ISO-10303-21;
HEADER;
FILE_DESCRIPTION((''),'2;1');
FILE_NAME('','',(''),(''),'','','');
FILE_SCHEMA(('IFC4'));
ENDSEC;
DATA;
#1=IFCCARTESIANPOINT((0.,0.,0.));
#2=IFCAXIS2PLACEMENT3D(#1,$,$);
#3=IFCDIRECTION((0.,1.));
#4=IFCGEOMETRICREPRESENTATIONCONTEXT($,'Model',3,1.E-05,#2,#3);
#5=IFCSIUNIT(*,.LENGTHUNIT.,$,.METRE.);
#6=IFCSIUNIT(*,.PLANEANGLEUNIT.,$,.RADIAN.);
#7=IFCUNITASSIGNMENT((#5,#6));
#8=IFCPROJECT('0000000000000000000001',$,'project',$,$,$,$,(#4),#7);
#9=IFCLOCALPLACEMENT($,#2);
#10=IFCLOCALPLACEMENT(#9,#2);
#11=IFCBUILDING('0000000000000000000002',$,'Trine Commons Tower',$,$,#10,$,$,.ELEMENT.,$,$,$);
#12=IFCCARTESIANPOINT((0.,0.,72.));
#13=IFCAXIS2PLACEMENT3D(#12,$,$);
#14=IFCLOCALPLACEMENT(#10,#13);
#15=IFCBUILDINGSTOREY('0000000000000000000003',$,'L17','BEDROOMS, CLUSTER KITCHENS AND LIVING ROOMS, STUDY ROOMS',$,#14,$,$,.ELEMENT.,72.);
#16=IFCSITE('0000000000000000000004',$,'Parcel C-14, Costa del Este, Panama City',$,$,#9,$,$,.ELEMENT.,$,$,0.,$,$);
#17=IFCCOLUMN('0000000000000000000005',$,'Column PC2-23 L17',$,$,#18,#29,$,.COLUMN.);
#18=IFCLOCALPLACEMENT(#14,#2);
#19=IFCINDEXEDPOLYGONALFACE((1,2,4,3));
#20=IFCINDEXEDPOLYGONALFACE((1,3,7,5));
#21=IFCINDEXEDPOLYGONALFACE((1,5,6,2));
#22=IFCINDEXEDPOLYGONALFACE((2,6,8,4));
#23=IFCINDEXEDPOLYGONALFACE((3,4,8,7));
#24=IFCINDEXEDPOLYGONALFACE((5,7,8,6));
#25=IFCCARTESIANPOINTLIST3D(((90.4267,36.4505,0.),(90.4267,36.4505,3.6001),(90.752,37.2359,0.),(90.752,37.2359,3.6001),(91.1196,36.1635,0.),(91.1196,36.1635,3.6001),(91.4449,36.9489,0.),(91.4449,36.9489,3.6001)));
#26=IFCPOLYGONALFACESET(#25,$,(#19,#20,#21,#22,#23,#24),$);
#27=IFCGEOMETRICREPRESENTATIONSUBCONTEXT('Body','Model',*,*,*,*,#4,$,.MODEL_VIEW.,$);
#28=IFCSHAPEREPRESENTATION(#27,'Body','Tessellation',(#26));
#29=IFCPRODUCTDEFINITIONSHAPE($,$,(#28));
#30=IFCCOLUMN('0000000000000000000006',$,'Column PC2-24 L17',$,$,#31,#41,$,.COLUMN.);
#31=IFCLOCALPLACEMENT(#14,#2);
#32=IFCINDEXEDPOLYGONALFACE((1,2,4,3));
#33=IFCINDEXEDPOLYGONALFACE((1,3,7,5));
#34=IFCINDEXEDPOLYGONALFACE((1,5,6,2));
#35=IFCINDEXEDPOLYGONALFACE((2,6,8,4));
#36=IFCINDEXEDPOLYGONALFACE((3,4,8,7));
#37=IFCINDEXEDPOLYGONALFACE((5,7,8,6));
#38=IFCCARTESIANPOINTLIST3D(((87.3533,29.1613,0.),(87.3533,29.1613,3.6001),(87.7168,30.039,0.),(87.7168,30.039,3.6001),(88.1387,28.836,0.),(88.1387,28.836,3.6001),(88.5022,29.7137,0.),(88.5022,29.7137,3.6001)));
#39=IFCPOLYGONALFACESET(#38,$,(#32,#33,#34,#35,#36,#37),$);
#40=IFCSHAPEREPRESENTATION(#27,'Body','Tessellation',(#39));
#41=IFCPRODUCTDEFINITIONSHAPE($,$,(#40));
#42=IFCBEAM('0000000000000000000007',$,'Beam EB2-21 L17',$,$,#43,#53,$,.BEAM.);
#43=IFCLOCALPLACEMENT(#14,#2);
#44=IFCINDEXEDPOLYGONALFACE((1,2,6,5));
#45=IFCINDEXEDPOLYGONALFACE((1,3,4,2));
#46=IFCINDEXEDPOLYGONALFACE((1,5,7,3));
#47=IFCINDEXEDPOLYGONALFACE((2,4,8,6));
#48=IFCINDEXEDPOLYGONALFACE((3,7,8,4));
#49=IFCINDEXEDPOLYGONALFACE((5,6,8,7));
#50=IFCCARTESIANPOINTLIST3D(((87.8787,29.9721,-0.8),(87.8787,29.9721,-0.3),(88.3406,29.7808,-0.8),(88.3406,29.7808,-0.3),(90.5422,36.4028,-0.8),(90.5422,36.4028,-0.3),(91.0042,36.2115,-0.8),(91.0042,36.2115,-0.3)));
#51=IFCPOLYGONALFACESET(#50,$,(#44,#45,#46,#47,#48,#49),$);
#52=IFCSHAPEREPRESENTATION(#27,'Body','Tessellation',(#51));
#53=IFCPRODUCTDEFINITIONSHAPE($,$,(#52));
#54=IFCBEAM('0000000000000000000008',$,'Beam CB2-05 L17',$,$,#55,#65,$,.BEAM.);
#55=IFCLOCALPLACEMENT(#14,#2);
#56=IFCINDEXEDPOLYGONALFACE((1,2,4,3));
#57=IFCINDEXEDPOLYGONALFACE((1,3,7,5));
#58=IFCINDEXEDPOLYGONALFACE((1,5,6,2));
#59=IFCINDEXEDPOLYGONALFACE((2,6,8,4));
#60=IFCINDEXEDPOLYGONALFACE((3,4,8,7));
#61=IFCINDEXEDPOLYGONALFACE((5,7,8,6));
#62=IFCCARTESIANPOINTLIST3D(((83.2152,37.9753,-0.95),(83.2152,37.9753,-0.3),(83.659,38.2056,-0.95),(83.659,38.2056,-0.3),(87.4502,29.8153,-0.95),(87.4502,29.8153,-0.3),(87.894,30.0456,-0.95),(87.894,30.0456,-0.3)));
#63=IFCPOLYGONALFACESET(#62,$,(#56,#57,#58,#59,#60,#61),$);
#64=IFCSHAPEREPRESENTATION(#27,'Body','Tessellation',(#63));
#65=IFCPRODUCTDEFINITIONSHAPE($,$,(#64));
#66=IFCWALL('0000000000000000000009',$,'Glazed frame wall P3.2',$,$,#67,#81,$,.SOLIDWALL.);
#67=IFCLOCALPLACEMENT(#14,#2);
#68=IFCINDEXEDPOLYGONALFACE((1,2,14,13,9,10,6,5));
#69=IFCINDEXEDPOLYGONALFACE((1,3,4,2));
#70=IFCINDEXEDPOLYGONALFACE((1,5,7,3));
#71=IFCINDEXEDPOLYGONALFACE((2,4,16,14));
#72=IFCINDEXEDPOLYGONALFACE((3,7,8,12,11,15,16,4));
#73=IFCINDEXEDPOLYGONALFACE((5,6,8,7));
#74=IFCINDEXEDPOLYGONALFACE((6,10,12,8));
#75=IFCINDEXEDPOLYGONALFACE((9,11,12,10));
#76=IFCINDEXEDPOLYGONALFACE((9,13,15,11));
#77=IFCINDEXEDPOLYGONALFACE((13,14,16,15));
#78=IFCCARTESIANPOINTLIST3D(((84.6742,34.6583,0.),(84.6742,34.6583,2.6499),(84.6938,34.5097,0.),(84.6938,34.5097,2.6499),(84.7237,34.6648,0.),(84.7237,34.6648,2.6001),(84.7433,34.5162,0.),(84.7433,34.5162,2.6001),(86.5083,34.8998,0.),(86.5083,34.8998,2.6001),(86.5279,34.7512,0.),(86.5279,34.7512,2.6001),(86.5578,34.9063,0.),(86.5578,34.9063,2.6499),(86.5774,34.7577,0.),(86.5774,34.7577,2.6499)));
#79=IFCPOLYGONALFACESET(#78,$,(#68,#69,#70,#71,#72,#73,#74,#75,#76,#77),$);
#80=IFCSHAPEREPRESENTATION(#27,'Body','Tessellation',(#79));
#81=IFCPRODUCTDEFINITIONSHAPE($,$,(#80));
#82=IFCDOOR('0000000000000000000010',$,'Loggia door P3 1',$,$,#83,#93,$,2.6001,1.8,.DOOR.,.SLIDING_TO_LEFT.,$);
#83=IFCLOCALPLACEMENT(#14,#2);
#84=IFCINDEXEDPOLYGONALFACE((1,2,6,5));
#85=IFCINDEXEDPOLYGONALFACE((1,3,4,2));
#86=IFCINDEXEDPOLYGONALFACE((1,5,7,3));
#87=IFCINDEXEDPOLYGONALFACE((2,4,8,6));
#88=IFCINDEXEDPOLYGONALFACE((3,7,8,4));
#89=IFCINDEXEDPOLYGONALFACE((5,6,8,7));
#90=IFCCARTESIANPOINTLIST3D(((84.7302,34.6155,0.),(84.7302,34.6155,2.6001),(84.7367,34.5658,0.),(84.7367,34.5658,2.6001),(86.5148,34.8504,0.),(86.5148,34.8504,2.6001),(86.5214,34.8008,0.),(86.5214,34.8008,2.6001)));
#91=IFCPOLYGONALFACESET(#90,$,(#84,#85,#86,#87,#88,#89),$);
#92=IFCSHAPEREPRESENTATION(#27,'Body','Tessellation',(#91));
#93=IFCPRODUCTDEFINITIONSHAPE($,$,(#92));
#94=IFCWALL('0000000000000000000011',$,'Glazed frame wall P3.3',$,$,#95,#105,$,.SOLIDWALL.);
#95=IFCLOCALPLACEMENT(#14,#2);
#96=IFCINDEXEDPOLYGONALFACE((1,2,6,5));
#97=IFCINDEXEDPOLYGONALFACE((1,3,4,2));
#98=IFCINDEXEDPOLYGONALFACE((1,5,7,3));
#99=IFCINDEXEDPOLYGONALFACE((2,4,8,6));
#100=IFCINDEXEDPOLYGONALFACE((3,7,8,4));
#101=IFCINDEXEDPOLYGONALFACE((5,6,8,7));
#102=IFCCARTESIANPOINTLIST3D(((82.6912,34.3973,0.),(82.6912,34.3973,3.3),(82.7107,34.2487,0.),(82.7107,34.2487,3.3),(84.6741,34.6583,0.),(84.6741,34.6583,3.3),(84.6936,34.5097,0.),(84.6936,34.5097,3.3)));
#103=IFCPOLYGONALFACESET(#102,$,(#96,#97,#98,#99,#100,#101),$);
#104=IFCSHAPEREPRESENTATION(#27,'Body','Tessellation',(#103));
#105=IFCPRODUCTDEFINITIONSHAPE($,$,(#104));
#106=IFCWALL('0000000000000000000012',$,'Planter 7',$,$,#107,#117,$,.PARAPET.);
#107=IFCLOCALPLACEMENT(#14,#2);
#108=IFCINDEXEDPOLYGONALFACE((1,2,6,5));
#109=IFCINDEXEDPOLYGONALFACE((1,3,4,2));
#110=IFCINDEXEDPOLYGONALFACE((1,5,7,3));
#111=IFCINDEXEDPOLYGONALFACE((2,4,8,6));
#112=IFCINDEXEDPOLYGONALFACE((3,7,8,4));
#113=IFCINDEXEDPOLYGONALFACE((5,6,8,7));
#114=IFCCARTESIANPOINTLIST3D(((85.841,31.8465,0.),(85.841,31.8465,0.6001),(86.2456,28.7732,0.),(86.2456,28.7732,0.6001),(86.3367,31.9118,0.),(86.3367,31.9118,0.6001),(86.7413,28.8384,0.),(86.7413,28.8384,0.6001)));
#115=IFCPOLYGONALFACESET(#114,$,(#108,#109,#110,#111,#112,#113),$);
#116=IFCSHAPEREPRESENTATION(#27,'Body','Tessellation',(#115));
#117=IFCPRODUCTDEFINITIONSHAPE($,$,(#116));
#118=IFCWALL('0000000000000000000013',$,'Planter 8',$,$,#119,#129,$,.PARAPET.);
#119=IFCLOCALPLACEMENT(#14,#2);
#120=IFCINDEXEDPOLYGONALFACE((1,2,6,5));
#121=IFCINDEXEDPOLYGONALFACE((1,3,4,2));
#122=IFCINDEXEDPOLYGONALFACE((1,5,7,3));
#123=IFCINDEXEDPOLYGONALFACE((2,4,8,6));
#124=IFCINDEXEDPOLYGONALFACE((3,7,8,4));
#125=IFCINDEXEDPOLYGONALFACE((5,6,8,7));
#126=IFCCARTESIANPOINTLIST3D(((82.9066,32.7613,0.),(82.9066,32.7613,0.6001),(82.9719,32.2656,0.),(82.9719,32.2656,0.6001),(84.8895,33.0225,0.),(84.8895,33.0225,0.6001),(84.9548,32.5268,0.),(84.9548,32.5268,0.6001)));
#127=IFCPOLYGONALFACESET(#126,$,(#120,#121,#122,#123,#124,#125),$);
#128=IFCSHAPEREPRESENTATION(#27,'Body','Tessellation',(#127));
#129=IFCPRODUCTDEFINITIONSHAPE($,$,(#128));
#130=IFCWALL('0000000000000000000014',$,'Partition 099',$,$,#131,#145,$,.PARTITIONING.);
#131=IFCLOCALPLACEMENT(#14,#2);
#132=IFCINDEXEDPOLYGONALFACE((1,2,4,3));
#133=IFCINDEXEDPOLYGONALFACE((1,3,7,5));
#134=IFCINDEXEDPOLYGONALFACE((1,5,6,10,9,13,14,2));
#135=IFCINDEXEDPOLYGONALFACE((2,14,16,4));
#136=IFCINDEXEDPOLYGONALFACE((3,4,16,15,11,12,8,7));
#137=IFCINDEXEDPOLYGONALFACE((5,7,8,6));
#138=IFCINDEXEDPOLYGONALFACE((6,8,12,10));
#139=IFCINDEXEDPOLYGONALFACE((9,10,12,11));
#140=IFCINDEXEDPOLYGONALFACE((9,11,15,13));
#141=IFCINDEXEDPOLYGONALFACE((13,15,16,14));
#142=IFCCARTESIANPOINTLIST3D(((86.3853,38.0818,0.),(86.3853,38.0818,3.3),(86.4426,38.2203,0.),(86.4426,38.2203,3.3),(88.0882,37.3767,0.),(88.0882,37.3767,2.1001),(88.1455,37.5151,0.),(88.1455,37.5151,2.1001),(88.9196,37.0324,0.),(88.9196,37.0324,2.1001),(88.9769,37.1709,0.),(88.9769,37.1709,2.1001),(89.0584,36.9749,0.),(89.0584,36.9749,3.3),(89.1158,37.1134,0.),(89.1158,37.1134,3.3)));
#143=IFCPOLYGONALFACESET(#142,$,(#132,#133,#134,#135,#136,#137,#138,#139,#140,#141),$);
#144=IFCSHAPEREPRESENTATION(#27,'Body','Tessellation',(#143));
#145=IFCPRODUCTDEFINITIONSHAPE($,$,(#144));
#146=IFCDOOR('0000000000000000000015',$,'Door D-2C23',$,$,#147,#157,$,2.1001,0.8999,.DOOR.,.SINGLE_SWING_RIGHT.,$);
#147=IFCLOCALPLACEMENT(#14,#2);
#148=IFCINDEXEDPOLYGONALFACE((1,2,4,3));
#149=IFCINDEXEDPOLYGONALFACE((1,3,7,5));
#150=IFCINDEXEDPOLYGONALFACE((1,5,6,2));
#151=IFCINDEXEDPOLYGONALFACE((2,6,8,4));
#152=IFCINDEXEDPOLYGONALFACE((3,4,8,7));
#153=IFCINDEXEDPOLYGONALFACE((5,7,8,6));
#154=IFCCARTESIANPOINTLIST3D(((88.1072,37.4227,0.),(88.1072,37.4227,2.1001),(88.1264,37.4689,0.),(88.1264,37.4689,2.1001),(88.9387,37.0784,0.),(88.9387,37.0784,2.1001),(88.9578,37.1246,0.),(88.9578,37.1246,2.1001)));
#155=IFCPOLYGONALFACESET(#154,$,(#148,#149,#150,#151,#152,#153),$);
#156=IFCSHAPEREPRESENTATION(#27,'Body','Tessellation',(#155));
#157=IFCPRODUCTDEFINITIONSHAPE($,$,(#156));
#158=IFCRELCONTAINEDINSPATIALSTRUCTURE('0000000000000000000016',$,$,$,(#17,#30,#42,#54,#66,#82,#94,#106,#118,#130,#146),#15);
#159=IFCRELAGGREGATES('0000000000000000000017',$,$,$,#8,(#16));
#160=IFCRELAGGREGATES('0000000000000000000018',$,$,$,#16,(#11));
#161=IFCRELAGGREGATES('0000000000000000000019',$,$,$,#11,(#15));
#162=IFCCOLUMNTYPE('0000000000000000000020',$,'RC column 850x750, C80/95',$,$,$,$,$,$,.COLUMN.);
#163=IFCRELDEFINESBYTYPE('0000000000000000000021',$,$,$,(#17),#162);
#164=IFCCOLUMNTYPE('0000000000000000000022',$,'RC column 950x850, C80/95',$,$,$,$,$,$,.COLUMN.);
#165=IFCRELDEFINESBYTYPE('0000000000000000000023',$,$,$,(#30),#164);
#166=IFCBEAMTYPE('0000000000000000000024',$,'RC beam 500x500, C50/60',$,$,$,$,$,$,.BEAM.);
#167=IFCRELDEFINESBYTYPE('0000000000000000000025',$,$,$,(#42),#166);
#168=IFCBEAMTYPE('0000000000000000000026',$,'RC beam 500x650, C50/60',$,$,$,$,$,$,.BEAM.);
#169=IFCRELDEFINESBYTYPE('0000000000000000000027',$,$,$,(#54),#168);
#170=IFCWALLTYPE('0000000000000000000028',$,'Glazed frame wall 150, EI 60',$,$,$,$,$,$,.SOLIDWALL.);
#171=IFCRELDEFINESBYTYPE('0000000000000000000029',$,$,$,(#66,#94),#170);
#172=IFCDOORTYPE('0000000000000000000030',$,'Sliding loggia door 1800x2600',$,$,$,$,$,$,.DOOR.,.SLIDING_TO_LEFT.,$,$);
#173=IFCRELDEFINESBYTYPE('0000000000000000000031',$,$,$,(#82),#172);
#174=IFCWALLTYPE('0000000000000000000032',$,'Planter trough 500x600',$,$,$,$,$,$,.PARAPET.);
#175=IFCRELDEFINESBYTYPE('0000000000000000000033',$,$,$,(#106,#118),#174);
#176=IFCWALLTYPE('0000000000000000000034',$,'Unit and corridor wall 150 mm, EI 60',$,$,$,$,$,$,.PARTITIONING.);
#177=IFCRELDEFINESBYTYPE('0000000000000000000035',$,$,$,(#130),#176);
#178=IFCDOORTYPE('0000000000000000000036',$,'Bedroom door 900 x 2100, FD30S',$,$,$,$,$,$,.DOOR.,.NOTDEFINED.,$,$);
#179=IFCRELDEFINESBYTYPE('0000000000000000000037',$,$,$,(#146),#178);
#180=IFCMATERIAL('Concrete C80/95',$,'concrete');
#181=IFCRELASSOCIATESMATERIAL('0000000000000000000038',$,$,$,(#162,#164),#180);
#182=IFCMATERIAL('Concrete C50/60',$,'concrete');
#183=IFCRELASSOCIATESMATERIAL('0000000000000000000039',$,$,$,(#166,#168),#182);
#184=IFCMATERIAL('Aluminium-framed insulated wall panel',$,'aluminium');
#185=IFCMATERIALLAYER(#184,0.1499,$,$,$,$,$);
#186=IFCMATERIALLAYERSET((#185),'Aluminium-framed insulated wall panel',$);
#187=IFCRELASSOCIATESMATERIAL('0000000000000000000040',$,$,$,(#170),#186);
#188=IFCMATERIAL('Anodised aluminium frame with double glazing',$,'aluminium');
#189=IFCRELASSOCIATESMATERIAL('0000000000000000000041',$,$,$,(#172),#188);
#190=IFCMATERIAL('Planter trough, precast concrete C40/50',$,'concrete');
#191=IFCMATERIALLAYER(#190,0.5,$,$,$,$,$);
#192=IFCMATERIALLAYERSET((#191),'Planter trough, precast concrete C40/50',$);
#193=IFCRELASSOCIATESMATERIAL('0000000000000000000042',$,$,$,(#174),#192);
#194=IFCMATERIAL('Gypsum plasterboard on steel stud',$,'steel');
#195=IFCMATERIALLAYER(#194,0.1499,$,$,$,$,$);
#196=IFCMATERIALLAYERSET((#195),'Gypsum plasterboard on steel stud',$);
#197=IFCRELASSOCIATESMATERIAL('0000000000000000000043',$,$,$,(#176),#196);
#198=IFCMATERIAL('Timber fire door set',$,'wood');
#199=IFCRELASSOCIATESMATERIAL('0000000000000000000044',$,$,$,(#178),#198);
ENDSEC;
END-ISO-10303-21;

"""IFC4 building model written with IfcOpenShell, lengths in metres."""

from ifc_helpers import new_model, si_unit, direction, frame, frame_2d, origin, origin_2d, place, context, subcontext, project, spatial, polyline, rectangle, outline, extrude, material, layer, layer_set, material_profile, profile_set, type_object, element, fill, save


model = new_model("IFC4")

# Units and contexts
model_context = context("Model", 3, precision=1e-05, world=origin(), true_north=direction((0.0, 1.0)))
body_context = subcontext(model_context, "Body", "Model", "MODEL_VIEW")
ifc_project = project(units=[si_unit("LENGTHUNIT", "METRE"), si_unit("PLANEANGLEUNIT", "RADIAN")], contexts=[model_context])

# Site, building, storey
site_placement = place(None, origin())
site = spatial("IfcSite", under=ifc_project, at=site_placement, Name="Parcel C-14, Costa del Este, Panama City", CompositionType="ELEMENT", RefElevation=0.0)
building_placement = place(site_placement, origin())
building = spatial("IfcBuilding", under=site, at=building_placement, Name="Trine Commons Tower", CompositionType="ELEMENT")
storey_placement = place(building_placement, frame((0.0, 0.0, 72.0)))
storey = spatial("IfcBuildingStorey", under=building, at=storey_placement, Name="L17", Description="BEDROOMS, CLUSTER KITCHENS AND LIVING ROOMS, STUDY ROOMS", CompositionType="ELEMENT", Elevation=72.0)

# Columns
ifc_material_1 = material(Name="Concrete C80/95", Category="concrete")
ifc_material_profile_1 = material_profile(ifc_material_1, rectangle(XDim=0.8501, YDim=0.75, at=origin_2d()), Name="RC 850x750")
ifc_profile_set_1 = profile_set([ifc_material_profile_1], Name="Concrete C80/95")
column_type_1 = type_object("IfcColumnType", Name="RC column 850x750, C80/95", PredefinedType="COLUMN", material=ifc_profile_set_1)
column_1_placement = place(storey_placement, frame((90.9358, 36.6997, 0.0), z_axis=(0.0, 0.0, 1.0), x_axis=(0.382683, 0.92388, 0.0)))
element("IfcColumn", 1, at=column_1_placement, inside=storey, type_object=column_type_1, Name="Column PC2-23 L17", PredefinedType="COLUMN", context=body_context, shape_type="SweptSolid", body=[
    extrude(rectangle(XDim=0.8501, YDim=0.75, at=origin_2d()), origin(), (0.0, 0.0, 1.0), 3.6001),
])
ifc_material_profile_2 = material_profile(ifc_material_1, rectangle(XDim=0.95, YDim=0.8501, at=origin_2d()), Name="RC 950x850")
ifc_profile_set_2 = profile_set([ifc_material_profile_2], Name="Concrete C80/95")
column_type_2 = type_object("IfcColumnType", Name="RC column 950x850, C80/95", PredefinedType="COLUMN", material=ifc_profile_set_2)
column_2_placement = place(storey_placement, frame((87.9277, 29.4375, 0.0), z_axis=(0.0, 0.0, 1.0), x_axis=(0.382683, 0.92388, 0.0)))
element("IfcColumn", 2, at=column_2_placement, inside=storey, type_object=column_type_2, Name="Column PC2-24 L17", PredefinedType="COLUMN", context=body_context, shape_type="SweptSolid", body=[
    extrude(rectangle(XDim=0.95, YDim=0.8501, at=origin_2d()), origin(), (0.0, 0.0, 1.0), 3.6001),
])

# Beams
ifc_material_2 = material(Name="Concrete C50/60", Category="concrete")
ifc_material_profile_3 = material_profile(ifc_material_2, rectangle(XDim=0.5, YDim=0.5, at=origin_2d()), Name="RC 500x500")
ifc_profile_set_3 = profile_set([ifc_material_profile_3], Name="Concrete C50/60")
beam_type_1 = type_object("IfcBeamType", Name="RC beam 500x500, C50/60", PredefinedType="BEAM", material=ifc_profile_set_3)
beam_1_placement = place(storey_placement, frame((90.7732, 36.3071, -0.55), z_axis=(-0.382672, -0.923884, 0.0), x_axis=(0.923884, -0.382672, 0.0)))
element("IfcBeam", 3, at=beam_1_placement, inside=storey, type_object=beam_type_1, Name="Beam EB2-21 L17", PredefinedType="BEAM", context=body_context, shape_type="SweptSolid", body=[
    extrude(rectangle(XDim=0.5, YDim=0.5, at=origin_2d()), origin(), (0.0, 0.0, 1.0), 6.9604),
])
ifc_material_profile_4 = material_profile(ifc_material_2, rectangle(XDim=0.5, YDim=0.6499, at=origin_2d()), Name="RC 500x650")
ifc_profile_set_4 = profile_set([ifc_material_profile_4], Name="Concrete C50/60")
beam_type_2 = type_object("IfcBeamType", Name="RC beam 500x650, C50/60", PredefinedType="BEAM", material=ifc_profile_set_4)
beam_2_placement = place(storey_placement, frame((87.6721, 29.9304, -0.625), z_axis=(-0.460653, 0.88758, 0.0), x_axis=(-0.88758, -0.460653, 0.0)))
element("IfcBeam", 4, at=beam_2_placement, inside=storey, type_object=beam_type_2, Name="Beam CB2-05 L17", PredefinedType="BEAM", context=body_context, shape_type="SweptSolid", body=[
    extrude(rectangle(XDim=0.5, YDim=0.6499, at=origin_2d()), origin(), (0.0, 0.0, 1.0), 9.1936),
])

# Shared definitions
ifc_material_3 = material(Name="Aluminium-framed insulated wall panel", Category="aluminium")
ifc_layer_1 = layer(ifc_material_3, 0.1499)
ifc_layer_set_1 = layer_set([ifc_layer_1], Name="Aluminium-framed insulated wall panel")
wall_type_1 = type_object("IfcWallType", Name="Glazed frame wall 150, EI 60", PredefinedType="SOLIDWALL", material=ifc_layer_set_1)

# Wall, opening, door
wall_1_placement = place(storey_placement, frame((86.5676, 34.832, 0.0), z_axis=(0.0, 0.0, 1.0), x_axis=(-0.991442, -0.130548, 0.0)))
wall_1 = element("IfcWall", 5, at=wall_1_placement, inside=storey, type_object=wall_type_1, Name="Glazed frame wall P3.2", PredefinedType="SOLIDWALL", context=body_context, shape_type="SweptSolid", body=[
    extrude(outline(polyline([(0.0, -0.075), (1.8999, -0.075), (1.8999, 0.075), (0.0, 0.075), (0.0, -0.075)])), origin(), (0.0, 0.0, 1.0), 2.6499),
])
opening_1_placement = place(wall_1_placement, frame((0.05, 0.0, 0.0)))
opening_1 = element("IfcOpeningElement", 6, at=opening_1_placement, cuts=wall_1, PredefinedType="OPENING", context=body_context, shape_type="SweptSolid", body=[
    extrude(rectangle(XDim=1.8, YDim=2.6001, at=frame_2d((0.8999, 1.3))), frame((0.0, 0.085, 0.0), z_axis=(0.0, -1.0, 0.0), x_axis=(1.0, 0.0, 0.0)), (0.0, 0.0, 1.0), 0.1699),
])
ifc_material_4 = material(Name="Anodised aluminium frame with double glazing", Category="aluminium")
door_type_1 = type_object("IfcDoorType", Name="Sliding loggia door 1800x2600", OperationType="SLIDING_TO_LEFT", PredefinedType="DOOR", material=ifc_material_4)
door_1_placement = place(opening_1_placement, origin())
door_1 = element("IfcDoor", 7, at=door_1_placement, inside=storey, type_object=door_type_1, Name="Loggia door P3 1", OperationType="SLIDING_TO_LEFT", OverallHeight=2.6001, OverallWidth=1.8, PredefinedType="DOOR", context=body_context, shape_type="SweptSolid", body=[
    extrude(rectangle(XDim=1.8, YDim=2.6001, at=frame_2d((0.8999, 1.3))), frame((0.0, 0.0249, 0.0), z_axis=(0.0, -1.0, 0.0), x_axis=(1.0, 0.0, 0.0)), (0.0, 0.0, 1.0), 0.05),
])
fill(opening_1, door_1)

# Walls
wall_2_placement = place(storey_placement, frame((84.6838, 34.584, 0.0), z_axis=(0.0, 0.0, 1.0), x_axis=(-0.991449, -0.130492, 0.0)))
element("IfcWall", 8, at=wall_2_placement, inside=storey, type_object=wall_type_1, Name="Glazed frame wall P3.3", PredefinedType="SOLIDWALL", context=body_context, shape_type="SweptSolid", body=[
    extrude(outline(polyline([(0.0, -0.075), (2.0, -0.075), (2.0, 0.075), (0.0, 0.075), (0.0, -0.075)])), origin(), (0.0, 0.0, 1.0), 3.3),
])
ifc_material_5 = material(Name="Planter trough, precast concrete C40/50", Category="concrete")
ifc_layer_2 = layer(ifc_material_5, 0.5)
ifc_layer_set_2 = layer_set([ifc_layer_2], Name="Planter trough, precast concrete C40/50")
wall_type_2 = type_object("IfcWallType", Name="Planter trough 500x600", PredefinedType="PARAPET", material=ifc_layer_set_2)
wall_3_placement = place(storey_placement, frame((86.4934, 28.8059, 0.0), z_axis=(0.0, 0.0, 1.0), x_axis=(-0.130507, 0.991447, 0.0)))
element("IfcWall", 9, at=wall_3_placement, inside=storey, type_object=wall_type_2, Name="Planter 7", PredefinedType="PARAPET", context=body_context, shape_type="SweptSolid", body=[
    extrude(rectangle(XDim=3.0999, YDim=0.5, at=frame_2d((1.5498, 0.0))), origin(), (0.0, 0.0, 1.0), 0.6001),
])
wall_4_placement = place(storey_placement, frame((84.9221, 32.7747, 0.0), z_axis=(0.0, 0.0, 1.0), x_axis=(-0.991434, -0.130612, 0.0)))
element("IfcWall", 10, at=wall_4_placement, inside=storey, type_object=wall_type_2, Name="Planter 8", PredefinedType="PARAPET", context=body_context, shape_type="SweptSolid", body=[
    extrude(rectangle(XDim=2.0, YDim=0.5, at=frame_2d((1.0, 0.0))), origin(), (0.0, 0.0, 1.0), 0.6001),
])

# Wall, opening, door
ifc_material_6 = material(Name="Gypsum plasterboard on steel stud", Category="steel")
ifc_layer_3 = layer(ifc_material_6, 0.1499)
ifc_layer_set_3 = layer_set([ifc_layer_3], Name="Gypsum plasterboard on steel stud")
wall_type_3 = type_object("IfcWallType", Name="Unit and corridor wall 150 mm, EI 60", PredefinedType="PARTITIONING", material=ifc_layer_set_3)
wall_5_placement = place(storey_placement, frame((86.4138, 38.1511, 0.0), z_axis=(0.0, 0.0, 1.0), x_axis=(0.923916, -0.382595, 0.0)))
wall_5 = element("IfcWall", 11, at=wall_5_placement, inside=storey, type_object=wall_type_3, Name="Partition 099", PredefinedType="PARTITIONING", context=body_context, shape_type="SweptSolid", body=[
    extrude(rectangle(XDim=2.8933, YDim=0.1499, at=frame_2d((1.4468, 0.0))), origin(), (0.0, 0.0, 1.0), 3.3),
])
opening_2_placement = place(wall_5_placement, frame((1.8433, 0.0, 0.0)))
opening_2 = element("IfcOpeningElement", 12, at=opening_2_placement, cuts=wall_5, PredefinedType="OPENING", context=body_context, shape_type="SweptSolid", body=[
    extrude(rectangle(XDim=0.8999, YDim=2.1001, at=frame_2d((0.45, 1.05))), frame((0.0, 0.085, 0.0), z_axis=(0.0, -1.0, 0.0), x_axis=(1.0, 0.0, 0.0)), (0.0, 0.0, 1.0), 0.1699),
])
ifc_material_7 = material(Name="Timber fire door set", Category="wood")
door_type_2 = type_object("IfcDoorType", Name="Bedroom door 900 x 2100, FD30S", OperationType="NOTDEFINED", PredefinedType="DOOR", material=ifc_material_7)
door_2_placement = place(opening_2_placement, origin())
door_2 = element("IfcDoor", 13, at=door_2_placement, inside=storey, type_object=door_type_2, Name="Door D-2C23", OperationType="SINGLE_SWING_RIGHT", OverallHeight=2.1001, OverallWidth=0.8999, PredefinedType="DOOR", context=body_context, shape_type="SweptSolid", body=[
    extrude(rectangle(XDim=0.8999, YDim=2.1001, at=frame_2d((0.45, 1.05))), frame((0.0, 0.0249, 0.0), z_axis=(0.0, -1.0, 0.0), x_axis=(1.0, 0.0, 0.0)), (0.0, 0.0, 1.0), 0.05),
])
fill(opening_2, door_2)

save(model, "model.ifc")
